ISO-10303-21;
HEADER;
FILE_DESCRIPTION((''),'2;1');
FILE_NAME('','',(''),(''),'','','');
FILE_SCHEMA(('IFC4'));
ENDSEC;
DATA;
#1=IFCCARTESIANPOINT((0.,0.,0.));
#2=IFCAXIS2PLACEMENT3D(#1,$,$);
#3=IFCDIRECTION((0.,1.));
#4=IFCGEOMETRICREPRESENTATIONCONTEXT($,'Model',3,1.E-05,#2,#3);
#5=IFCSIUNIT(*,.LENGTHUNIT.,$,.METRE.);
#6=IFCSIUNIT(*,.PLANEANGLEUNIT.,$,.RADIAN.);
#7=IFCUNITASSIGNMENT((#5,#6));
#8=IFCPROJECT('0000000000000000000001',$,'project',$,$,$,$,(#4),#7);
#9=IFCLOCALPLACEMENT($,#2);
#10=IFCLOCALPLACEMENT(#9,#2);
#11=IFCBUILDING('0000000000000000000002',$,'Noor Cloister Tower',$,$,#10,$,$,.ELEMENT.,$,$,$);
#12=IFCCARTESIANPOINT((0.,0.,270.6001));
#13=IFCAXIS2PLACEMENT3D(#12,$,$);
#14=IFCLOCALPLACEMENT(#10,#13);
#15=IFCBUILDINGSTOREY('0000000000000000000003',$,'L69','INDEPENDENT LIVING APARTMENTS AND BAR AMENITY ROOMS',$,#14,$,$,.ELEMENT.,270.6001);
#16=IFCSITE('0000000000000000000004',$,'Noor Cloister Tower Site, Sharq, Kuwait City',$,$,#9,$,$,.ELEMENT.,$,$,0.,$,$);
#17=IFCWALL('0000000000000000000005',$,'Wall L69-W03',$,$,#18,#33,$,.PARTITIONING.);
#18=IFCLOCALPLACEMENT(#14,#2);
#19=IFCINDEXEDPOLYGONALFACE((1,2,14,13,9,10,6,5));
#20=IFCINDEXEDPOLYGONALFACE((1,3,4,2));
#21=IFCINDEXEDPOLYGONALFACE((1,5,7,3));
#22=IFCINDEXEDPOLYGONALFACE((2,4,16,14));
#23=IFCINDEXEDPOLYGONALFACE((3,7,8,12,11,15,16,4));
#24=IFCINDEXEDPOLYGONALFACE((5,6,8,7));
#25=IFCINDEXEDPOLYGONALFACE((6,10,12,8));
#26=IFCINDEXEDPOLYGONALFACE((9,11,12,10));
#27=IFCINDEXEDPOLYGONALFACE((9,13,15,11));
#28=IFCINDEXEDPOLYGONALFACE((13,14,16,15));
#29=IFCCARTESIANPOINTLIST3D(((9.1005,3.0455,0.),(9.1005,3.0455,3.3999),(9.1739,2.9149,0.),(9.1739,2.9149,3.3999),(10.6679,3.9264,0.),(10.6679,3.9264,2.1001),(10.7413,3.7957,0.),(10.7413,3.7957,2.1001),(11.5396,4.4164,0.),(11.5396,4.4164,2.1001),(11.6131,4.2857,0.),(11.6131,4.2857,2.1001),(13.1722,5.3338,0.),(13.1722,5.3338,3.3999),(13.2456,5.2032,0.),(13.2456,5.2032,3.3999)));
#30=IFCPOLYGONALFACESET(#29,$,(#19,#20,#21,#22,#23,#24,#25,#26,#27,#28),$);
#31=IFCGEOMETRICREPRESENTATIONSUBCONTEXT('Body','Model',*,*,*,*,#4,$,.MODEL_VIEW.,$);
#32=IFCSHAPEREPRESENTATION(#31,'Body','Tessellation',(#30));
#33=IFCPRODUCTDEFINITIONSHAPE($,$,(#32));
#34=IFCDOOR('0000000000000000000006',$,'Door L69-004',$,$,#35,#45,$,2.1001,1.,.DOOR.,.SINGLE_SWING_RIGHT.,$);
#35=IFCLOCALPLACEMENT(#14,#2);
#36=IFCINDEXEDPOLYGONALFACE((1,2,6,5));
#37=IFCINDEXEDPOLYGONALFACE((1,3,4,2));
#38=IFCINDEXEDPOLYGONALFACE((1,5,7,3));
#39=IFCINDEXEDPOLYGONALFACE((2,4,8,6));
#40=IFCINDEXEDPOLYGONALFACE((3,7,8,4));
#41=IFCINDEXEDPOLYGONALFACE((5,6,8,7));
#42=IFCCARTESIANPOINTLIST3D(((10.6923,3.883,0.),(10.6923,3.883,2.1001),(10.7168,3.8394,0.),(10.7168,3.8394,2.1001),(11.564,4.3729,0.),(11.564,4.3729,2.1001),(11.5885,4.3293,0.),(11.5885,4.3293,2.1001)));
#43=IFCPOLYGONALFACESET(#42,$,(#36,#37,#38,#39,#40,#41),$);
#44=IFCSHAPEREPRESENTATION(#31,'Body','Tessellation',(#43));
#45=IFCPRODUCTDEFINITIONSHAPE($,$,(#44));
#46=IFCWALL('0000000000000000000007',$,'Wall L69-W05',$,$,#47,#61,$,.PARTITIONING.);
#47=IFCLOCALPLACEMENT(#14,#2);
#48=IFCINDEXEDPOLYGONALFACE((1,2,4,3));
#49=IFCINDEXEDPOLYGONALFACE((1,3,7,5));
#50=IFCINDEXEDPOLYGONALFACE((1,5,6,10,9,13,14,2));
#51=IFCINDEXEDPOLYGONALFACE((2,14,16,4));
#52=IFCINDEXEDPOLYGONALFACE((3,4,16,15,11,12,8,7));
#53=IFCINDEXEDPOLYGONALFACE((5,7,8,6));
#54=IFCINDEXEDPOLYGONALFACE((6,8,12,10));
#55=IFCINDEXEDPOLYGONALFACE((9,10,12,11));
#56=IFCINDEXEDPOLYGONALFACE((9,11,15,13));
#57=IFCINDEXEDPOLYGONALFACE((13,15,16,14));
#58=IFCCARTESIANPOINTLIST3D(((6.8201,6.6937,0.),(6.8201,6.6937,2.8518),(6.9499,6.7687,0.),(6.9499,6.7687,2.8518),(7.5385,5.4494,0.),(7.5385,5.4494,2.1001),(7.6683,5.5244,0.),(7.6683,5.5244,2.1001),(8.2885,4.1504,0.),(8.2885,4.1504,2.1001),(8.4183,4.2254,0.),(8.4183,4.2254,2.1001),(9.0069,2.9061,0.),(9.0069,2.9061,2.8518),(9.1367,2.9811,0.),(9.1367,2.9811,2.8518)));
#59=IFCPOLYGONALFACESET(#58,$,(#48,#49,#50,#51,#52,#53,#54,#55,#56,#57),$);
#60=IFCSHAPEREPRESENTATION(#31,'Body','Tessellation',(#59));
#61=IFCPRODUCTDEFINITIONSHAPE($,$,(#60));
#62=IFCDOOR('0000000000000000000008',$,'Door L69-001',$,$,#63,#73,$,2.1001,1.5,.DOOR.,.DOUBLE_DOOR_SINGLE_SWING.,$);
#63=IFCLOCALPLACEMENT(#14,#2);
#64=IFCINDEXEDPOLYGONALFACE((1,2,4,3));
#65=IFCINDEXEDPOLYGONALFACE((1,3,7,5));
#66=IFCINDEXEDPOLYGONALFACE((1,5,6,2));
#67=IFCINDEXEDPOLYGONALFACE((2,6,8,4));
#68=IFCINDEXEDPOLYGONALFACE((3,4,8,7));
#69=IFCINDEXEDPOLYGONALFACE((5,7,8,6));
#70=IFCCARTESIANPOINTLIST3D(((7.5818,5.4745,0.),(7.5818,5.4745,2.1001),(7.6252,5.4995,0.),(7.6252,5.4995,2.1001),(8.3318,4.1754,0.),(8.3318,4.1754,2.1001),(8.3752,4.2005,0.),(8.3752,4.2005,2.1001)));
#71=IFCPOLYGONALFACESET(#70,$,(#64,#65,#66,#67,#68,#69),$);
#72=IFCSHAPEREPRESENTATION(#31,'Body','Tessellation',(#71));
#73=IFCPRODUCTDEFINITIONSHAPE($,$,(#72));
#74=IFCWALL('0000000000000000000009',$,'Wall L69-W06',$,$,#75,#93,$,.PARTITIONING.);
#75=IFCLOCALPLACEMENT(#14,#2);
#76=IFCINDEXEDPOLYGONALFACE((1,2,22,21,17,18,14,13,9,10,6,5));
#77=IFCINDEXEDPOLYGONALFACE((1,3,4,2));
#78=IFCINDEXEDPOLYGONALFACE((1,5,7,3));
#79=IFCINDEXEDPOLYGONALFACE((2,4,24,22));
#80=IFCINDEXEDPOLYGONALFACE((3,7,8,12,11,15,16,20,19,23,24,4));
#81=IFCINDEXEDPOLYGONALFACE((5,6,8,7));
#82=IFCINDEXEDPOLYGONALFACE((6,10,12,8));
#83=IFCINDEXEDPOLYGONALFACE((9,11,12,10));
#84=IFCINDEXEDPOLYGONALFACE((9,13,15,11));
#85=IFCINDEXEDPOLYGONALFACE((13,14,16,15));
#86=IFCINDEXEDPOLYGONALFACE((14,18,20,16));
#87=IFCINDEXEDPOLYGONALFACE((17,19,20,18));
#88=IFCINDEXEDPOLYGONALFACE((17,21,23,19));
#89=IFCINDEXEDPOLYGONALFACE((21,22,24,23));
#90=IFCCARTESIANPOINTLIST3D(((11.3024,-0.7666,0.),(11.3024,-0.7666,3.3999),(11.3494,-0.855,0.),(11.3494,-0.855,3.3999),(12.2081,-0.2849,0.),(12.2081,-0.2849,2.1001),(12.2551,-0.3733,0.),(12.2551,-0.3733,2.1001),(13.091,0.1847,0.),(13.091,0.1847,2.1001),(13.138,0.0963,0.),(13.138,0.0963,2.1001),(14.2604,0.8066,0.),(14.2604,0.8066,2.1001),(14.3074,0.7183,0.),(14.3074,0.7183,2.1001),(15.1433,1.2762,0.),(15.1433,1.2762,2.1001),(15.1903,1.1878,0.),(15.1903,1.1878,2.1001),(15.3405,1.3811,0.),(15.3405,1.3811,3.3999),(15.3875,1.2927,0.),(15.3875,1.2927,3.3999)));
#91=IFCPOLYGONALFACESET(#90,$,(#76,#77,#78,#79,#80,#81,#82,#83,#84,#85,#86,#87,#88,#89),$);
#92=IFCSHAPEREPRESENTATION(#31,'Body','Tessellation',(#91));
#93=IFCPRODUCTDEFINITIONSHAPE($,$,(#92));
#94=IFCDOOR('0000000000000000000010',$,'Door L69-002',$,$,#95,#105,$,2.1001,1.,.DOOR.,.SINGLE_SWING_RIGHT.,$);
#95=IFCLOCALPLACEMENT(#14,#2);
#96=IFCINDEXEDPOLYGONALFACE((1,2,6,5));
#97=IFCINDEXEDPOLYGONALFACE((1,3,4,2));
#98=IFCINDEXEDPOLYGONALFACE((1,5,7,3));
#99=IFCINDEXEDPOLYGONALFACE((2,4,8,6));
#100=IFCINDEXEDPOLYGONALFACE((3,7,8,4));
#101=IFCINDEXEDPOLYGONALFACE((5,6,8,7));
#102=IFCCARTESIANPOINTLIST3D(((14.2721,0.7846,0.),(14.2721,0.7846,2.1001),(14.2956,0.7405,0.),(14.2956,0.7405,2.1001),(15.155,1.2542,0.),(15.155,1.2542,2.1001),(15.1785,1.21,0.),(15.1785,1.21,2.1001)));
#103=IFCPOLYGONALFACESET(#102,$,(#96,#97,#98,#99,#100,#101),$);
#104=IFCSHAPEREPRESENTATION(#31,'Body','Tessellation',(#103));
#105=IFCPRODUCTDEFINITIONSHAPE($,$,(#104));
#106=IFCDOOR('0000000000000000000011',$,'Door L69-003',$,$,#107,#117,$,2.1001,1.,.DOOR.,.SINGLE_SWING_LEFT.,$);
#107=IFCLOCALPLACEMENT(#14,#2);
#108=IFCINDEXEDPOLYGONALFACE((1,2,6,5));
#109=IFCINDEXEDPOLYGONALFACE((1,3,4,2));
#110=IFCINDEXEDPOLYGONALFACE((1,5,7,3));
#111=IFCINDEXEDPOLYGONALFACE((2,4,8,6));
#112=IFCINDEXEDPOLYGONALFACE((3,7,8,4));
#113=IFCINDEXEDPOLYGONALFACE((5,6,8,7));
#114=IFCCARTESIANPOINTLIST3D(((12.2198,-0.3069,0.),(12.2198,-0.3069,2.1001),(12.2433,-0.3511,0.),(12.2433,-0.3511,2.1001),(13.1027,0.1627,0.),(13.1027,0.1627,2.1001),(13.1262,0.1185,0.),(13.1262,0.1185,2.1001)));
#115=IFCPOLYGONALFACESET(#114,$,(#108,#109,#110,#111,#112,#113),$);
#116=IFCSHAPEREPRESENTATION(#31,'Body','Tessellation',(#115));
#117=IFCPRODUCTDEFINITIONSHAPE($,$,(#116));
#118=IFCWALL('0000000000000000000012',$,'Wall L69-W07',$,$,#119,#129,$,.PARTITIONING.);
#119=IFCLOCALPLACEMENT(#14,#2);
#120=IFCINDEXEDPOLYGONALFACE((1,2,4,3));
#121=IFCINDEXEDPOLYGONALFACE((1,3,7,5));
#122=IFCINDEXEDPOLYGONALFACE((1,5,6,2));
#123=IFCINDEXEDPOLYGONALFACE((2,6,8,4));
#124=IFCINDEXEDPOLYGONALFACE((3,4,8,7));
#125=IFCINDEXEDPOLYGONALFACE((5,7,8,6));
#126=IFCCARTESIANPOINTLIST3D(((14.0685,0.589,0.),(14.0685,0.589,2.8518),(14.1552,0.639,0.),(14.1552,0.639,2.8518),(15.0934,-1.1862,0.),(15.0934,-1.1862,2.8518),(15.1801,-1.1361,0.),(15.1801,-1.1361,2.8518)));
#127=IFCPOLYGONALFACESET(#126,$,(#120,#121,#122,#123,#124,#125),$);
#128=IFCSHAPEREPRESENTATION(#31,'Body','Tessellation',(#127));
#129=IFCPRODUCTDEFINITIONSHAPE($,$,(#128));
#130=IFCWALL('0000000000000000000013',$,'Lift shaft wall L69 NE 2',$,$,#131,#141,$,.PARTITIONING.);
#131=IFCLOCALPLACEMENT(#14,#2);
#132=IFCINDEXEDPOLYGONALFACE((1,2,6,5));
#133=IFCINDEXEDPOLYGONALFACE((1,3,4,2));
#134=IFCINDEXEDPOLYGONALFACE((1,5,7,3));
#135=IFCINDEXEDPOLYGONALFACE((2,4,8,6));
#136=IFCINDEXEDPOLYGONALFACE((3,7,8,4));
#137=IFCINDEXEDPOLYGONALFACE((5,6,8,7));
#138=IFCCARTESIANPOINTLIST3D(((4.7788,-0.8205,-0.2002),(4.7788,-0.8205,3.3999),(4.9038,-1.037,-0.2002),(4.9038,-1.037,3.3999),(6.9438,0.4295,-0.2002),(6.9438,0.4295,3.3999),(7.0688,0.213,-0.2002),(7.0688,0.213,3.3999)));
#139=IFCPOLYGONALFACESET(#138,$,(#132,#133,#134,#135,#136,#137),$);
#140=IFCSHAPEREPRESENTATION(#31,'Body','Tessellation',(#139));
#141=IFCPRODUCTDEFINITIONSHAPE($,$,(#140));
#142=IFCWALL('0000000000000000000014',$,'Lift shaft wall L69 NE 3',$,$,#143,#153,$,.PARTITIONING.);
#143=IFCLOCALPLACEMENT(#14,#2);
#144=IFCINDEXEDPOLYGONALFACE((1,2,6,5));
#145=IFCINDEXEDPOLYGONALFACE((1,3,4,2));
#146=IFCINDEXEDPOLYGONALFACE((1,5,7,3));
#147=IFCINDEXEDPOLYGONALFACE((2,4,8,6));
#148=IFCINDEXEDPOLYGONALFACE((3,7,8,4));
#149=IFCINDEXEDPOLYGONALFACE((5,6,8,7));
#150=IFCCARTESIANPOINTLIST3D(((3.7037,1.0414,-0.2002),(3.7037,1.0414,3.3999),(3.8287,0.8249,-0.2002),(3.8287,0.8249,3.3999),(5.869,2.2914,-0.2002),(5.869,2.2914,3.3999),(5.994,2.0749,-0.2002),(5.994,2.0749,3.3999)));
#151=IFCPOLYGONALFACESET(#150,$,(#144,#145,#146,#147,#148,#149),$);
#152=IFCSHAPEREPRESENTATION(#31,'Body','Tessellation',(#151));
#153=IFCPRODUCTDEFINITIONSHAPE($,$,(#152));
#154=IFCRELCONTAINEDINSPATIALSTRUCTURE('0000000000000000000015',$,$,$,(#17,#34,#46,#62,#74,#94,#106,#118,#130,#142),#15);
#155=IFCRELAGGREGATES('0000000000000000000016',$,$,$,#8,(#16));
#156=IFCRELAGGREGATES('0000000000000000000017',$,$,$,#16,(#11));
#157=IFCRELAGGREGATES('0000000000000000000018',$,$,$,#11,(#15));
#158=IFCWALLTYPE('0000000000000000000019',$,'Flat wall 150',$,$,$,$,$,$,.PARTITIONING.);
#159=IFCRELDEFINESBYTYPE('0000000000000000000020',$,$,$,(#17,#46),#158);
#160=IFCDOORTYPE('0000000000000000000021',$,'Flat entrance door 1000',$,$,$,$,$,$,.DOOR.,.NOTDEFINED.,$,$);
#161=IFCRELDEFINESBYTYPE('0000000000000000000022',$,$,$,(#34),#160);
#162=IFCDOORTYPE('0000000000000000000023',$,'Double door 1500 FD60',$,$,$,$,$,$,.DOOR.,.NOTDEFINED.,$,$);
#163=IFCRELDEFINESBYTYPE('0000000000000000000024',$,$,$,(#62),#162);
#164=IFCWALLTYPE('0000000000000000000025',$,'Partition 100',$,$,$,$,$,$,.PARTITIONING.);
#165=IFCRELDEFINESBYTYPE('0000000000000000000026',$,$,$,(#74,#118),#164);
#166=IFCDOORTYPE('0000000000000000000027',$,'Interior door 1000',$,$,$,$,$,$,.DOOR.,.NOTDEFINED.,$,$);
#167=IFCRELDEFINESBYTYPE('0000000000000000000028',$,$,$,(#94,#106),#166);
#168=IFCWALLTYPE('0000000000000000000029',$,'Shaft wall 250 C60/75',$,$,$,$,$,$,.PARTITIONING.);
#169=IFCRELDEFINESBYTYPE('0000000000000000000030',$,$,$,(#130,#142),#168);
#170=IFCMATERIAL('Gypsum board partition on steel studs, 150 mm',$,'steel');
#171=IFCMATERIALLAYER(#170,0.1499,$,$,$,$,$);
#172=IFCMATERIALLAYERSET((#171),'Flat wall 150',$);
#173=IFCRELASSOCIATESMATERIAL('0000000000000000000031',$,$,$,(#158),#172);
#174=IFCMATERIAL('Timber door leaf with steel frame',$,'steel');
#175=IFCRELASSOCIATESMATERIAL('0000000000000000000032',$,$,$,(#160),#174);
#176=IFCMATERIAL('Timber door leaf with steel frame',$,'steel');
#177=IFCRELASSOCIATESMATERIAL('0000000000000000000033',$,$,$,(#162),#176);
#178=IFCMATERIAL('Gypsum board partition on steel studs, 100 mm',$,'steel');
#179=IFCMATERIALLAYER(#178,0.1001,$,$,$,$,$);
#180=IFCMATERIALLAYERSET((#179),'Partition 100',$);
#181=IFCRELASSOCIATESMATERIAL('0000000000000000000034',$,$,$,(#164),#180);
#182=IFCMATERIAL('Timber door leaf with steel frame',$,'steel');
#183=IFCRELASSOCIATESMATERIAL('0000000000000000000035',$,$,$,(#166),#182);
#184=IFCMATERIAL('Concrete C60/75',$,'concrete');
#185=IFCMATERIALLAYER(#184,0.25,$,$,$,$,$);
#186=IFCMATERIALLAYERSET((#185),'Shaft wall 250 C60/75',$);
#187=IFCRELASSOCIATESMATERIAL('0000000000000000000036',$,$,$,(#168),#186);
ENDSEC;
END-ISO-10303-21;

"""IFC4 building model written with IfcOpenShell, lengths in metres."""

from ifc_helpers import new_model, si_unit, direction, frame, frame_2d, origin, place, context, subcontext, project, spatial, rectangle, extrude, material, layer, layer_set, type_object, element, fill, save


model = new_model("IFC4")

# Units and contexts
model_context = context("Model", 3, precision=1e-05, world=origin(), true_north=direction((0.0, 1.0)))
body_context = subcontext(model_context, "Body", "Model", "MODEL_VIEW")
ifc_project = project(units=[si_unit("LENGTHUNIT", "METRE"), si_unit("PLANEANGLEUNIT", "RADIAN")], contexts=[model_context])

# Site, building, storey
site_placement = place(None, origin())
site = spatial("IfcSite", under=ifc_project, at=site_placement, Name="Noor Cloister Tower Site, Sharq, Kuwait City", CompositionType="ELEMENT", RefElevation=0.0)
building_placement = place(site_placement, origin())
building = spatial("IfcBuilding", under=site, at=building_placement, Name="Noor Cloister Tower", CompositionType="ELEMENT")
storey_placement = place(building_placement, frame((0.0, 0.0, 270.6001)))
storey = spatial("IfcBuildingStorey", under=building, at=storey_placement, Name="L69", Description="INDEPENDENT LIVING APARTMENTS AND BAR AMENITY ROOMS", CompositionType="ELEMENT", Elevation=270.6001)

# Shared definitions
ifc_material_1 = material(Name="Gypsum board partition on steel studs, 150 mm", Category="steel")
ifc_layer_1 = layer(ifc_material_1, 0.1499)
ifc_layer_set_1 = layer_set([ifc_layer_1], Name="Flat wall 150")
wall_type_1 = type_object("IfcWallType", Name="Flat wall 150", PredefinedType="PARTITIONING", material=ifc_layer_set_1)

# Walls, openings, doors
wall_1_placement = place(storey_placement, frame((13.209, 5.2686, 0.0), z_axis=(0.0, 0.0, 1.0), x_axis=(-0.871763, -0.489929, 0.0)))
wall_1 = element("IfcWall", 1, at=wall_1_placement, inside=storey, type_object=wall_type_1, Name="Wall L69-W03", PredefinedType="PARTITIONING", context=body_context, shape_type="SweptSolid", body=[
    extrude(rectangle(XDim=4.6707, YDim=0.1499, at=frame_2d((2.3354, 0.0))), origin(), (0.0, 0.0, 1.0), 3.3999),
])
opening_1_placement = place(wall_1_placement, frame((1.8728, 0.0, 0.0)))
opening_1 = element("IfcOpeningElement", 2, at=opening_1_placement, cuts=wall_1, PredefinedType="OPENING", context=body_context, shape_type="SweptSolid", body=[
    extrude(rectangle(XDim=1.0, YDim=2.1001, at=frame_2d((0.5, 1.05))), frame((0.0, 0.085, 0.0), z_axis=(0.0, -1.0, 0.0), x_axis=(1.0, 0.0, 0.0)), (0.0, 0.0, 1.0), 0.1699),
])
ifc_material_2 = material(Name="Timber door leaf with steel frame", Category="steel")
door_type_1 = type_object("IfcDoorType", Name="Flat entrance door 1000", OperationType="NOTDEFINED", PredefinedType="DOOR", material=ifc_material_2)
door_1_placement = place(opening_1_placement, origin())
door_1 = element("IfcDoor", 3, at=door_1_placement, inside=storey, type_object=door_type_1, Name="Door L69-004", OperationType="SINGLE_SWING_RIGHT", OverallHeight=2.1001, OverallWidth=1.0, PredefinedType="DOOR", context=body_context, shape_type="SweptSolid", body=[
    extrude(rectangle(XDim=1.0, YDim=2.1001, at=frame_2d((0.5, 1.05))), frame((0.0, 0.0249, 0.0), z_axis=(0.0, -1.0, 0.0), x_axis=(1.0, 0.0, 0.0)), (0.0, 0.0, 1.0), 0.05),
])
fill(opening_1, door_1)
wall_2_placement = place(storey_placement, frame((9.0718, 2.9436, 0.0), z_axis=(0.0, 0.0, 1.0), x_axis=(-0.499999, 0.866026, 0.0)))
wall_2 = element("IfcWall", 4, at=wall_2_placement, inside=storey, type_object=wall_type_1, Name="Wall L69-W05", PredefinedType="PARTITIONING", context=body_context, shape_type="SweptSolid", body=[
    extrude(rectangle(XDim=4.3735, YDim=0.1499, at=frame_2d((2.1868, 0.0))), origin(), (0.0, 0.0, 1.0), 2.8518),
])
opening_2_placement = place(wall_2_placement, frame((1.4368, 0.0, 0.0)))
opening_2 = element("IfcOpeningElement", 5, at=opening_2_placement, cuts=wall_2, PredefinedType="OPENING", context=body_context, shape_type="SweptSolid", body=[
    extrude(rectangle(XDim=1.5, YDim=2.1001, at=frame_2d((0.75, 1.05))), frame((0.0, 0.085, 0.0), z_axis=(0.0, -1.0, 0.0), x_axis=(1.0, 0.0, 0.0)), (0.0, 0.0, 1.0), 0.1699),
])
ifc_material_3 = material(Name="Timber door leaf with steel frame", Category="steel")
door_type_2 = type_object("IfcDoorType", Name="Double door 1500 FD60", OperationType="NOTDEFINED", PredefinedType="DOOR", material=ifc_material_3)
door_2_placement = place(opening_2_placement, origin())
door_2 = element("IfcDoor", 6, at=door_2_placement, inside=storey, type_object=door_type_2, Name="Door L69-001", OperationType="DOUBLE_DOOR_SINGLE_SWING", OverallHeight=2.1001, OverallWidth=1.5, PredefinedType="DOOR", context=body_context, shape_type="SweptSolid", body=[
    extrude(rectangle(XDim=1.5, YDim=2.1001, at=frame_2d((0.75, 1.05))), frame((0.0, 0.0249, 0.0), z_axis=(0.0, -1.0, 0.0), x_axis=(1.0, 0.0, 0.0)), (0.0, 0.0, 1.0), 0.05),
])
fill(opening_2, door_2)

# Wall, openings, doors
ifc_material_4 = material(Name="Gypsum board partition on steel studs, 100 mm", Category="steel")
ifc_layer_2 = layer(ifc_material_4, 0.1001)
ifc_layer_set_2 = layer_set([ifc_layer_2], Name="Partition 100")
wall_type_2 = type_object("IfcWallType", Name="Partition 100", PredefinedType="PARTITIONING", material=ifc_layer_set_2)
wall_3_placement = place(storey_placement, frame((15.364, 1.3369, 0.0), z_axis=(0.0, 0.0, 1.0), x_axis=(-0.882892, -0.469577, 0.0)))
wall_3 = element("IfcWall", 7, at=wall_3_placement, inside=storey, type_object=wall_type_2, Name="Wall L69-W06", PredefinedType="PARTITIONING", context=body_context, shape_type="SweptSolid", body=[
    extrude(rectangle(XDim=4.5737, YDim=0.1001, at=frame_2d((2.2869, 0.0))), origin(), (0.0, 0.0, 1.0), 3.3999),
])
opening_3_placement = place(wall_3_placement, frame((0.2234, 0.0, 0.0)))
opening_3 = element("IfcOpeningElement", 8, at=opening_3_placement, cuts=wall_3, PredefinedType="OPENING", context=body_context, shape_type="SweptSolid", body=[
    extrude(rectangle(XDim=1.0, YDim=2.1001, at=frame_2d((0.5, 1.05))), frame((0.0, 0.0601, 0.0), z_axis=(0.0, -1.0, 0.0), x_axis=(1.0, 0.0, 0.0)), (0.0, 0.0, 1.0), 0.1201),
])
opening_4_placement = place(wall_3_placement, frame((2.5479, 0.0, 0.0)))
opening_4 = element("IfcOpeningElement", 9, at=opening_4_placement, cuts=wall_3, PredefinedType="OPENING", context=body_context, shape_type="SweptSolid", body=[
    extrude(rectangle(XDim=1.0, YDim=2.1001, at=frame_2d((0.5, 1.05))), frame((0.0, 0.0601, 0.0), z_axis=(0.0, -1.0, 0.0), x_axis=(1.0, 0.0, 0.0)), (0.0, 0.0, 1.0), 0.1201),
])
ifc_material_5 = material(Name="Timber door leaf with steel frame", Category="steel")
door_type_3 = type_object("IfcDoorType", Name="Interior door 1000", OperationType="NOTDEFINED", PredefinedType="DOOR", material=ifc_material_5)
door_3_placement = place(opening_3_placement, origin())
door_3 = element("IfcDoor", 10, at=door_3_placement, inside=storey, type_object=door_type_3, Name="Door L69-002", OperationType="SINGLE_SWING_RIGHT", OverallHeight=2.1001, OverallWidth=1.0, PredefinedType="DOOR", context=body_context, shape_type="SweptSolid", body=[
    extrude(rectangle(XDim=1.0, YDim=2.1001, at=frame_2d((0.5, 1.05))), frame((0.0, 0.0249, 0.0), z_axis=(0.0, -1.0, 0.0), x_axis=(1.0, 0.0, 0.0)), (0.0, 0.0, 1.0), 0.05),
])
fill(opening_3, door_3)
door_4_placement = place(opening_4_placement, origin())
door_4 = element("IfcDoor", 11, at=door_4_placement, inside=storey, type_object=door_type_3, Name="Door L69-003", OperationType="SINGLE_SWING_LEFT", OverallHeight=2.1001, OverallWidth=1.0, PredefinedType="DOOR", context=body_context, shape_type="SweptSolid", body=[
    extrude(rectangle(XDim=1.0, YDim=2.1001, at=frame_2d((0.5, 1.05))), frame((0.0, 0.0249, 0.0), z_axis=(0.0, -1.0, 0.0), x_axis=(1.0, 0.0, 0.0)), (0.0, 0.0, 1.0), 0.05),
])
fill(opening_4, door_4)

# Walls
wall_4_placement = place(storey_placement, frame((14.1118, 0.614, 0.0), z_axis=(0.0, 0.0, 1.0), x_axis=(0.500008, -0.866021, 0.0)))
element("IfcWall", 12, at=wall_4_placement, inside=storey, type_object=wall_type_2, Name="Wall L69-W07", PredefinedType="PARTITIONING", context=body_context, shape_type="SweptSolid", body=[
    extrude(rectangle(XDim=2.0498, YDim=0.1001, at=frame_2d((1.0249, 0.0))), origin(), (0.0, 0.0, 1.0), 2.8518),
])
ifc_material_6 = material(Name="Concrete C60/75", Category="concrete")
ifc_layer_3 = layer(ifc_material_6, 0.25)
ifc_layer_set_3 = layer_set([ifc_layer_3], Name="Shaft wall 250 C60/75")
wall_type_3 = type_object("IfcWallType", Name="Shaft wall 250 C60/75", PredefinedType="PARTITIONING", material=ifc_layer_set_3)
wall_5_placement = place(storey_placement, frame((7.0063, 0.3213, -0.2002), z_axis=(0.0, 0.0, 1.0), x_axis=(-0.866023, -0.500004, 0.0)))
element("IfcWall", 13, at=wall_5_placement, inside=storey, type_object=wall_type_3, Name="Lift shaft wall L69 NE 2", PredefinedType="PARTITIONING", context=body_context, shape_type="SweptSolid", body=[
    extrude(rectangle(XDim=2.5, YDim=0.25, at=frame_2d((1.25, 0.0))), origin(), (0.0, 0.0, 1.0), 3.6001),
])
wall_6_placement = place(storey_placement, frame((5.9314, 2.1831, -0.2002), z_axis=(0.0, 0.0, 1.0), x_axis=(-0.866047, -0.499962, 0.0)))
element("IfcWall", 14, at=wall_6_placement, inside=storey, type_object=wall_type_3, Name="Lift shaft wall L69 NE 3", PredefinedType="PARTITIONING", context=body_context, shape_type="SweptSolid", body=[
    extrude(rectangle(XDim=2.5002, YDim=0.25, at=frame_2d((1.25, 0.0))), origin(), (0.0, 0.0, 1.0), 3.6001),
])

save(model, "model.ifc")
